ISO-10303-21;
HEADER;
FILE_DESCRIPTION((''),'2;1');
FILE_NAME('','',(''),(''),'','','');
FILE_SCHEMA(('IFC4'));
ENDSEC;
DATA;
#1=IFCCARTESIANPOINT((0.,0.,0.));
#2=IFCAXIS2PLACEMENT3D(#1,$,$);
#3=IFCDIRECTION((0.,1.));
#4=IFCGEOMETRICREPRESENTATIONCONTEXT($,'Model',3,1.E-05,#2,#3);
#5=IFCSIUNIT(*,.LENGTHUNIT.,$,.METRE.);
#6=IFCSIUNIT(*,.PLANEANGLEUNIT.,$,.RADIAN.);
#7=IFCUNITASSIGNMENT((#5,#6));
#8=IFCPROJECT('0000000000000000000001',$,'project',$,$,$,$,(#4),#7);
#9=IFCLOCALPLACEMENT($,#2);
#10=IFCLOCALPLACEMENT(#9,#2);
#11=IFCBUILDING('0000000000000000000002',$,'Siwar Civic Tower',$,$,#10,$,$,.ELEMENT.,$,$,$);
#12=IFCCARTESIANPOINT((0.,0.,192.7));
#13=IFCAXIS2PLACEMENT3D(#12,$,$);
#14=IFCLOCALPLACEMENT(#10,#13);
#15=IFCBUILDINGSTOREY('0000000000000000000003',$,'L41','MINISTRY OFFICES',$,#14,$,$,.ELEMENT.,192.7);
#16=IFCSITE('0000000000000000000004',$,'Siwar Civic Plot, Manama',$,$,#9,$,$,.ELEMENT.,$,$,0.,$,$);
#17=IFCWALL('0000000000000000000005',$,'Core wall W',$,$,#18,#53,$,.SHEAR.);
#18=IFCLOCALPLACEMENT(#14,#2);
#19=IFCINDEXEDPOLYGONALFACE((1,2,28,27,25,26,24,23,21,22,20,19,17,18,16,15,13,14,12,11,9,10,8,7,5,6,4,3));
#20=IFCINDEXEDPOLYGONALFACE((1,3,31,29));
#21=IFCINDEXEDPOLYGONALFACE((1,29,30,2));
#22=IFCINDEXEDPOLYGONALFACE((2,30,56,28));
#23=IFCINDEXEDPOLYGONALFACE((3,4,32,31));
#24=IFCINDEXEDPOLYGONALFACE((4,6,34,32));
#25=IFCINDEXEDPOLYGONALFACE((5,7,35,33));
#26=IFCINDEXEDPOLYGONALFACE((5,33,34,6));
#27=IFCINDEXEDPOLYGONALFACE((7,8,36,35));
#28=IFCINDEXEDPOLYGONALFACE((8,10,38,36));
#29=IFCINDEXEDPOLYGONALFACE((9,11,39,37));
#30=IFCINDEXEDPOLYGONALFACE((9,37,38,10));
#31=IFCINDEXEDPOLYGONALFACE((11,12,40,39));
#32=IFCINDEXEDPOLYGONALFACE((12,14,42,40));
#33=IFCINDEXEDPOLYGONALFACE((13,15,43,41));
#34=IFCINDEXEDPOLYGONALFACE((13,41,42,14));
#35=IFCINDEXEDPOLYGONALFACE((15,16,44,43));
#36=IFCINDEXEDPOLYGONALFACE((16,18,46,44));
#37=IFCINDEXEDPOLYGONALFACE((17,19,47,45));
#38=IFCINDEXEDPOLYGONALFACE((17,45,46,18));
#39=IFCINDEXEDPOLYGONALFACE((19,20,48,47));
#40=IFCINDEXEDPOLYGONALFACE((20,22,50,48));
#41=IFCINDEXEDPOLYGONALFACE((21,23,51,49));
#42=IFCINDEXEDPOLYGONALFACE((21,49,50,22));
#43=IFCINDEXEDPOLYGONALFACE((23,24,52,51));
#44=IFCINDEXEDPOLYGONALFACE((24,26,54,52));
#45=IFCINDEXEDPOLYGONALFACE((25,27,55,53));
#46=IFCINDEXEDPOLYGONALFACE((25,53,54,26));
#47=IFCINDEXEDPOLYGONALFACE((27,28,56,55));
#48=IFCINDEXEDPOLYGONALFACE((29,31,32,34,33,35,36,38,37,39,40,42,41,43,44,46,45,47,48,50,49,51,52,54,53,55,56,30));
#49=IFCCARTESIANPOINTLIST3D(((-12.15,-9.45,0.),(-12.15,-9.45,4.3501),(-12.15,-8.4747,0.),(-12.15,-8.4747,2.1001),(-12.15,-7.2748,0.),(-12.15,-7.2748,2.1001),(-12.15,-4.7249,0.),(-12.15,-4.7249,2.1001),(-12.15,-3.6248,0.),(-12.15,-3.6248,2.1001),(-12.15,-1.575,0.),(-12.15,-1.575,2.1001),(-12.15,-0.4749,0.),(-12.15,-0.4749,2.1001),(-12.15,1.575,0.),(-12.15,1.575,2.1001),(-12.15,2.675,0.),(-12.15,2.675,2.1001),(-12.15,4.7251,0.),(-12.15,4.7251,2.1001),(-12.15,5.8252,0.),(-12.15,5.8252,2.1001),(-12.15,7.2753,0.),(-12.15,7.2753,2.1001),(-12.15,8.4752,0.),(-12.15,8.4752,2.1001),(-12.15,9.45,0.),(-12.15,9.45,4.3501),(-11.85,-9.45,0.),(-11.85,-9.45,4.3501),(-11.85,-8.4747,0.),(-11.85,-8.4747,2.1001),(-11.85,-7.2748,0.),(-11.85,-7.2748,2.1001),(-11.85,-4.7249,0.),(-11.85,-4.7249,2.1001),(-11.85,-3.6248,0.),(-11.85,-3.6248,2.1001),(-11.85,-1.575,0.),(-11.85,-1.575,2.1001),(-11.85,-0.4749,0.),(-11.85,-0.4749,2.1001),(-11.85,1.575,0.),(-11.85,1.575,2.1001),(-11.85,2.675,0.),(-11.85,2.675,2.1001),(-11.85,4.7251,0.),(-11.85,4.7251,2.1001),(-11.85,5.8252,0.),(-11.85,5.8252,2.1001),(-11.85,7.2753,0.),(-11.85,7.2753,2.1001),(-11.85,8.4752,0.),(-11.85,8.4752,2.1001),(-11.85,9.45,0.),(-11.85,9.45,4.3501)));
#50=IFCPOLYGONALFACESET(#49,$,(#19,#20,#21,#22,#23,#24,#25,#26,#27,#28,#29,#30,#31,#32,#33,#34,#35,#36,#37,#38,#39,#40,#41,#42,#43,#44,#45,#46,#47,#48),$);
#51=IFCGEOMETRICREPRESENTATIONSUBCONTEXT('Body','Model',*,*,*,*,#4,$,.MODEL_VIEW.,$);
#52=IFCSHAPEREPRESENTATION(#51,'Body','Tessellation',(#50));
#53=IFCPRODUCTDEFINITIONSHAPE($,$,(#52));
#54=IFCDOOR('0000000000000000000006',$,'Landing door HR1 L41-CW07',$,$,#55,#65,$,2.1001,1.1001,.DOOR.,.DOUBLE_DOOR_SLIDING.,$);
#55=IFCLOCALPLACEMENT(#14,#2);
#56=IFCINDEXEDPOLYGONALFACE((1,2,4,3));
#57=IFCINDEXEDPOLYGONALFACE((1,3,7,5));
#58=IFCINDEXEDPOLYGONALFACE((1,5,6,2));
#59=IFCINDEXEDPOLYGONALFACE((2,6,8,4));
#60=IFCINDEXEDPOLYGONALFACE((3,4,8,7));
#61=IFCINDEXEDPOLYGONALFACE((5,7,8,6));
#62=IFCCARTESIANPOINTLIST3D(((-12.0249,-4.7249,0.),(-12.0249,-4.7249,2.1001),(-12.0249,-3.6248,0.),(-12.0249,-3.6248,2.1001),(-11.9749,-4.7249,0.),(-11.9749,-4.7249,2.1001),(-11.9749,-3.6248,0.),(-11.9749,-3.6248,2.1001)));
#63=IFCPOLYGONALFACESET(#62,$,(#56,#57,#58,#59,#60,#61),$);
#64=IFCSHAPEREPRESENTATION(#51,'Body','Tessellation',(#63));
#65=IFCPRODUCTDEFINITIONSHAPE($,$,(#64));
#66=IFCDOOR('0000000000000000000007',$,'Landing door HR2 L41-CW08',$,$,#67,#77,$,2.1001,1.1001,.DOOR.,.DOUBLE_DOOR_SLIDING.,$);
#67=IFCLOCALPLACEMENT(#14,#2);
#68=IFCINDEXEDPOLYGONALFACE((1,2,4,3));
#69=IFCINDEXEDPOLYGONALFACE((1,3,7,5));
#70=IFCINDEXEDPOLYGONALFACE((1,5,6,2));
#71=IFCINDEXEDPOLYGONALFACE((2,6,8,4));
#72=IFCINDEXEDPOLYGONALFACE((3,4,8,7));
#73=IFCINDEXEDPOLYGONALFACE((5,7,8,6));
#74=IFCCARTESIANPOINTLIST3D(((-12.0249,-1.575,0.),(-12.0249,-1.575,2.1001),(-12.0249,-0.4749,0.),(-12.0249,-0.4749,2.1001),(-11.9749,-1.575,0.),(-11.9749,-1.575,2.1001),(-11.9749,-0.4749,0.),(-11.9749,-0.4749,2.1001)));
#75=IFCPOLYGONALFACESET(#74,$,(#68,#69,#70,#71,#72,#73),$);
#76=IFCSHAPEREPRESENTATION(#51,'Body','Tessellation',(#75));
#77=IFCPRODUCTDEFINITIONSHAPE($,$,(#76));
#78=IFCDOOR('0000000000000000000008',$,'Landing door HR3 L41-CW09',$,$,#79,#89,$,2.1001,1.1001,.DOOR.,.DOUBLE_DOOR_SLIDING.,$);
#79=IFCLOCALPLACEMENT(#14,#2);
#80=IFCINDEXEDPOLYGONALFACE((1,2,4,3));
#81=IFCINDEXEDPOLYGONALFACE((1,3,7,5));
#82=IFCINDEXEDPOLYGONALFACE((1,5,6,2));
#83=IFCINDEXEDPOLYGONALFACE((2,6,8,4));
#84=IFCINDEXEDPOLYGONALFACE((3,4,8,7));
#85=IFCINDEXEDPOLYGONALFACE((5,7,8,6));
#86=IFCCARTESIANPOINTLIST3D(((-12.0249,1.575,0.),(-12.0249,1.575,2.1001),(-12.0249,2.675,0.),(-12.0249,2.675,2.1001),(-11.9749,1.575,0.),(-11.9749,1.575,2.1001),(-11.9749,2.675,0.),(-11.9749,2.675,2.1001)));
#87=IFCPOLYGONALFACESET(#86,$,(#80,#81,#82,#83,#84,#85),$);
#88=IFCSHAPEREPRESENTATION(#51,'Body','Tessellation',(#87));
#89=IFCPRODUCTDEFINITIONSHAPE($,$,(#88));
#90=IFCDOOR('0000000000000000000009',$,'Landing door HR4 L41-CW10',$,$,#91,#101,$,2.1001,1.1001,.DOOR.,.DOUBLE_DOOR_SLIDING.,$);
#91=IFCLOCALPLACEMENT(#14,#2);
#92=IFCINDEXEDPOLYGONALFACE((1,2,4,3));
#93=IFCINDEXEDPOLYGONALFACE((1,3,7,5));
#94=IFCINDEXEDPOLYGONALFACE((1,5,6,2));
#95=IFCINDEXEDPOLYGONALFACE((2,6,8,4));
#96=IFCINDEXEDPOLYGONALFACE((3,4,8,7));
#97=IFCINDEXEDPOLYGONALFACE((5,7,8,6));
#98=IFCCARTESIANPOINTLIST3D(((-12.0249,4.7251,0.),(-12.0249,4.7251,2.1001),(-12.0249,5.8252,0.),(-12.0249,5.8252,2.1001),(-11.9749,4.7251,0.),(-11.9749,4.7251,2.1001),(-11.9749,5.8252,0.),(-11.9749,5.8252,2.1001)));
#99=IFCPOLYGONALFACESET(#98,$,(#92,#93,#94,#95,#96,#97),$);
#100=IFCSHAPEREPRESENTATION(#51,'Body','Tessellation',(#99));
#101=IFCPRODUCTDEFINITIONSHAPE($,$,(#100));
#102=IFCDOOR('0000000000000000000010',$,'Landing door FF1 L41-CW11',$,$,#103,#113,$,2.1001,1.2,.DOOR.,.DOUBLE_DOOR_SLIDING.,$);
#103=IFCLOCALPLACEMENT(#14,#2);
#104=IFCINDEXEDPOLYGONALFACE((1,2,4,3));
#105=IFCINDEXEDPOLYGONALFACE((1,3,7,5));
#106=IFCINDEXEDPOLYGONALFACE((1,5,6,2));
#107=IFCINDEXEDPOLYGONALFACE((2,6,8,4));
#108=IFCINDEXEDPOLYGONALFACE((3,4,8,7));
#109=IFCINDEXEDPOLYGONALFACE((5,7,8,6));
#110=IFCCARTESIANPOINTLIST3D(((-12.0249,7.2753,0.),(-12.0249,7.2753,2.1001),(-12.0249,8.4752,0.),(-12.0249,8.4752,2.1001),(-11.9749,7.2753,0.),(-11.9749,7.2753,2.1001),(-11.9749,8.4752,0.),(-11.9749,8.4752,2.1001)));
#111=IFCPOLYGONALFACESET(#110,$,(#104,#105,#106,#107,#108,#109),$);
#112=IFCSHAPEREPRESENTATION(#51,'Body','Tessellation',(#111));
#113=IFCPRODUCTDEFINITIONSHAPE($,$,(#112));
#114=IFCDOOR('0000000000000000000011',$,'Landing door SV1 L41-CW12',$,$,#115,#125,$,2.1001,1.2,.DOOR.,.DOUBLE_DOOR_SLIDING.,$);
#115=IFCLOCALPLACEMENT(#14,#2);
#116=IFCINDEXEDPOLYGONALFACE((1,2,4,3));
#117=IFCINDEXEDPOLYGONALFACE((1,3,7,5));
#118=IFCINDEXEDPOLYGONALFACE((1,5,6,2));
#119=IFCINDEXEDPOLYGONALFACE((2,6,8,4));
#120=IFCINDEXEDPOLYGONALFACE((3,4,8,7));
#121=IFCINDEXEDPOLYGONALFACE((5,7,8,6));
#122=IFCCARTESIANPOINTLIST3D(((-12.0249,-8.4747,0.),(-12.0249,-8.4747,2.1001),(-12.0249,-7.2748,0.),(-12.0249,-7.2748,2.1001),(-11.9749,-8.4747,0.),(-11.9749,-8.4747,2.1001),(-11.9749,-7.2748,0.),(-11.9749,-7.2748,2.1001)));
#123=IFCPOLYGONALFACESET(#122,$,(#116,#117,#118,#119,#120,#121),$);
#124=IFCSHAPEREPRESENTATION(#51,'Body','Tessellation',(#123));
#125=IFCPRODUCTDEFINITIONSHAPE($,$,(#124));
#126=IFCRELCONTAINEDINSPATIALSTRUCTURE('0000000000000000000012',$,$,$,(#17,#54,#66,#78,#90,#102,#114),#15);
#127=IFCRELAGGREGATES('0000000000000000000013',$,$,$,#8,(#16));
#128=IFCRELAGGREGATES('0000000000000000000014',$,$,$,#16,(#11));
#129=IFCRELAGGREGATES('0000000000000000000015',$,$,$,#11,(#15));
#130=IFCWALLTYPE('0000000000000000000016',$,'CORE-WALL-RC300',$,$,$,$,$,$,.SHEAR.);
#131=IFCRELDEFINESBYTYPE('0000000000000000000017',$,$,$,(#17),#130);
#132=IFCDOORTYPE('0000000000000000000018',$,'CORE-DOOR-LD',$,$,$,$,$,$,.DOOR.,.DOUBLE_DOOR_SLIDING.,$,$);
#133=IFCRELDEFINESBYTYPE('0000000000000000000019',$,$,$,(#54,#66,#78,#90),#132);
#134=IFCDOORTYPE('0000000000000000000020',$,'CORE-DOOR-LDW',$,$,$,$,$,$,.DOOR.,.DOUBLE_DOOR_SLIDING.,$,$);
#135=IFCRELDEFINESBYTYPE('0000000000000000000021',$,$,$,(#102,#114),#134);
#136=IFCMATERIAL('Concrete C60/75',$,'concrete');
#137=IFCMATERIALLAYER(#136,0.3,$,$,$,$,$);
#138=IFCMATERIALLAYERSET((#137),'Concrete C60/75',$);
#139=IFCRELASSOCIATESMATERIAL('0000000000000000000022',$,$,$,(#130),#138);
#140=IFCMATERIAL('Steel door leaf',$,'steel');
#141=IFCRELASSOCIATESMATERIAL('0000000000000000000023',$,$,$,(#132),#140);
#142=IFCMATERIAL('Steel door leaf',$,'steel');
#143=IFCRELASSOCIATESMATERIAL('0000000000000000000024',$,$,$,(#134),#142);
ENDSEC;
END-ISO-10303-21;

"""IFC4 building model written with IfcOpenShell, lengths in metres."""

from ifc_helpers import new_model, si_unit, direction, frame, frame_2d, origin, place, context, subcontext, project, spatial, rectangle, extrude, material, layer, layer_set, type_object, element, fill, save


model = new_model("IFC4")

# Units and contexts
model_context = context("Model", 3, precision=1e-05, world=origin(), true_north=direction((0.0, 1.0)))
body_context = subcontext(model_context, "Body", "Model", "MODEL_VIEW")
ifc_project = project(units=[si_unit("LENGTHUNIT", "METRE"), si_unit("PLANEANGLEUNIT", "RADIAN")], contexts=[model_context])

# Site, building, storey
site_placement = place(None, origin())
site = spatial("IfcSite", under=ifc_project, at=site_placement, Name="Siwar Civic Plot, Manama", CompositionType="ELEMENT", RefElevation=0.0)
building_placement = place(site_placement, origin())
building = spatial("IfcBuilding", under=site, at=building_placement, Name="Siwar Civic Tower", CompositionType="ELEMENT")
storey_placement = place(building_placement, frame((0.0, 0.0, 192.7)))
storey = spatial("IfcBuildingStorey", under=building, at=storey_placement, Name="L41", Description="MINISTRY OFFICES", CompositionType="ELEMENT", Elevation=192.7)

# Wall, openings, doors
ifc_material_1 = material(Name="Concrete C60/75", Category="concrete")
ifc_layer_1 = layer(ifc_material_1, 0.3)
ifc_layer_set_1 = layer_set([ifc_layer_1], Name="Concrete C60/75")
wall_type_1 = type_object("IfcWallType", Name="CORE-WALL-RC300", PredefinedType="SHEAR", material=ifc_layer_set_1)
wall_1_placement = place(storey_placement, frame((-12.0, -9.45, 0.0), z_axis=(0.0, 0.0, 1.0), x_axis=(0.0, 1.0, 0.0)))
wall_1 = element("IfcWall", 1, at=wall_1_placement, inside=storey, type_object=wall_type_1, Name="Core wall W", PredefinedType="SHEAR", context=body_context, shape_type="SweptSolid", body=[
    extrude(rectangle(XDim=18.8999, YDim=0.3, at=frame_2d((9.45, 0.0))), origin(), (0.0, 0.0, 1.0), 4.3501),
])
opening_1_placement = place(wall_1_placement, frame((4.7251, 0.0, 0.0)))
opening_1 = element("IfcOpeningElement", 2, at=opening_1_placement, cuts=wall_1, PredefinedType="OPENING", context=body_context, shape_type="SweptSolid", body=[
    extrude(rectangle(XDim=1.1001, YDim=2.1001, at=frame_2d((0.55, 1.05))), frame((0.0, 0.1602, 0.0), z_axis=(0.0, -1.0, 0.0), x_axis=(1.0, 0.0, 0.0)), (0.0, 0.0, 1.0), 0.3201),
])
opening_2_placement = place(wall_1_placement, frame((7.875, 0.0, 0.0)))
opening_2 = element("IfcOpeningElement", 3, at=opening_2_placement, cuts=wall_1, PredefinedType="OPENING", context=body_context, shape_type="SweptSolid", body=[
    extrude(rectangle(XDim=1.1001, YDim=2.1001, at=frame_2d((0.55, 1.05))), frame((0.0, 0.1602, 0.0), z_axis=(0.0, -1.0, 0.0), x_axis=(1.0, 0.0, 0.0)), (0.0, 0.0, 1.0), 0.3201),
])
opening_3_placement = place(wall_1_placement, frame((11.0249, 0.0, 0.0)))
opening_3 = element("IfcOpeningElement", 4, at=opening_3_placement, cuts=wall_1, PredefinedType="OPENING", context=body_context, shape_type="SweptSolid", body=[
    extrude(rectangle(XDim=1.1001, YDim=2.1001, at=frame_2d((0.55, 1.05))), frame((0.0, 0.1602, 0.0), z_axis=(0.0, -1.0, 0.0), x_axis=(1.0, 0.0, 0.0)), (0.0, 0.0, 1.0), 0.3201),
])
opening_4_placement = place(wall_1_placement, frame((14.175, 0.0, 0.0)))
opening_4 = element("IfcOpeningElement", 5, at=opening_4_placement, cuts=wall_1, PredefinedType="OPENING", context=body_context, shape_type="SweptSolid", body=[
    extrude(rectangle(XDim=1.1001, YDim=2.1001, at=frame_2d((0.55, 1.05))), frame((0.0, 0.1602, 0.0), z_axis=(0.0, -1.0, 0.0), x_axis=(1.0, 0.0, 0.0)), (0.0, 0.0, 1.0), 0.3201),
])
opening_5_placement = place(wall_1_placement, frame((16.7251, 0.0, 0.0)))
opening_5 = element("IfcOpeningElement", 6, at=opening_5_placement, cuts=wall_1, PredefinedType="OPENING", context=body_context, shape_type="SweptSolid", body=[
    extrude(rectangle(XDim=1.2, YDim=2.1001, at=frame_2d((0.6001, 1.05))), frame((0.0, 0.1602, 0.0), z_axis=(0.0, -1.0, 0.0), x_axis=(1.0, 0.0, 0.0)), (0.0, 0.0, 1.0), 0.3201),
])
opening_6_placement = place(wall_1_placement, frame((0.9751, 0.0, 0.0)))
opening_6 = element("IfcOpeningElement", 7, at=opening_6_placement, cuts=wall_1, PredefinedType="OPENING", context=body_context, shape_type="SweptSolid", body=[
    extrude(rectangle(XDim=1.2, YDim=2.1001, at=frame_2d((0.6001, 1.05))), frame((0.0, 0.1602, 0.0), z_axis=(0.0, -1.0, 0.0), x_axis=(1.0, 0.0, 0.0)), (0.0, 0.0, 1.0), 0.3201),
])
ifc_material_2 = material(Name="Steel door leaf", Category="steel")
door_type_1 = type_object("IfcDoorType", Name="CORE-DOOR-LD", OperationType="DOUBLE_DOOR_SLIDING", PredefinedType="DOOR", material=ifc_material_2)
door_1_placement = place(opening_1_placement, origin())
door_1 = element("IfcDoor", 8, at=door_1_placement, inside=storey, type_object=door_type_1, Name="Landing door HR1 L41-CW07", OperationType="DOUBLE_DOOR_SLIDING", OverallHeight=2.1001, OverallWidth=1.1001, PredefinedType="DOOR", context=body_context, shape_type="SweptSolid", body=[
    extrude(rectangle(XDim=1.1001, YDim=2.1001, at=frame_2d((0.55, 1.05))), frame((0.0, 0.0249, 0.0), z_axis=(0.0, -1.0, 0.0), x_axis=(1.0, 0.0, 0.0)), (0.0, 0.0, 1.0), 0.05),
])
fill(opening_1, door_1)
door_2_placement = place(opening_2_placement, origin())
door_2 = element("IfcDoor", 9, at=door_2_placement, inside=storey, type_object=door_type_1, Name="Landing door HR2 L41-CW08", OperationType="DOUBLE_DOOR_SLIDING", OverallHeight=2.1001, OverallWidth=1.1001, PredefinedType="DOOR", context=body_context, shape_type="SweptSolid", body=[
    extrude(rectangle(XDim=1.1001, YDim=2.1001, at=frame_2d((0.55, 1.05))), frame((0.0, 0.0249, 0.0), z_axis=(0.0, -1.0, 0.0), x_axis=(1.0, 0.0, 0.0)), (0.0, 0.0, 1.0), 0.05),
])
fill(opening_2, door_2)
door_3_placement = place(opening_3_placement, origin())
door_3 = element("IfcDoor", 10, at=door_3_placement, inside=storey, type_object=door_type_1, Name="Landing door HR3 L41-CW09", OperationType="DOUBLE_DOOR_SLIDING", OverallHeight=2.1001, OverallWidth=1.1001, PredefinedType="DOOR", context=body_context, shape_type="SweptSolid", body=[
    extrude(rectangle(XDim=1.1001, YDim=2.1001, at=frame_2d((0.55, 1.05))), frame((0.0, 0.0249, 0.0), z_axis=(0.0, -1.0, 0.0), x_axis=(1.0, 0.0, 0.0)), (0.0, 0.0, 1.0), 0.05),
])
fill(opening_3, door_3)
door_4_placement = place(opening_4_placement, origin())
door_4 = element("IfcDoor", 11, at=door_4_placement, inside=storey, type_object=door_type_1, Name="Landing door HR4 L41-CW10", OperationType="DOUBLE_DOOR_SLIDING", OverallHeight=2.1001, OverallWidth=1.1001, PredefinedType="DOOR", context=body_context, shape_type="SweptSolid", body=[
    extrude(rectangle(XDim=1.1001, YDim=2.1001, at=frame_2d((0.55, 1.05))), frame((0.0, 0.0249, 0.0), z_axis=(0.0, -1.0, 0.0), x_axis=(1.0, 0.0, 0.0)), (0.0, 0.0, 1.0), 0.05),
])
fill(opening_4, door_4)
ifc_material_3 = material(Name="Steel door leaf", Category="steel")
door_type_2 = type_object("IfcDoorType", Name="CORE-DOOR-LDW", OperationType="DOUBLE_DOOR_SLIDING", PredefinedType="DOOR", material=ifc_material_3)
door_5_placement = place(opening_5_placement, origin())
door_5 = element("IfcDoor", 12, at=door_5_placement, inside=storey, type_object=door_type_2, Name="Landing door FF1 L41-CW11", OperationType="DOUBLE_DOOR_SLIDING", OverallHeight=2.1001, OverallWidth=1.2, PredefinedType="DOOR", context=body_context, shape_type="SweptSolid", body=[
    extrude(rectangle(XDim=1.2, YDim=2.1001, at=frame_2d((0.6001, 1.05))), frame((0.0, 0.0249, 0.0), z_axis=(0.0, -1.0, 0.0), x_axis=(1.0, 0.0, 0.0)), (0.0, 0.0, 1.0), 0.05),
])
fill(opening_5, door_5)
door_6_placement = place(opening_6_placement, origin())
door_6 = element("IfcDoor", 13, at=door_6_placement, inside=storey, type_object=door_type_2, Name="Landing door SV1 L41-CW12", OperationType="DOUBLE_DOOR_SLIDING", OverallHeight=2.1001, OverallWidth=1.2, PredefinedType="DOOR", context=body_context, shape_type="SweptSolid", body=[
    extrude(rectangle(XDim=1.2, YDim=2.1001, at=frame_2d((0.6001, 1.05))), frame((0.0, 0.0249, 0.0), z_axis=(0.0, -1.0, 0.0), x_axis=(1.0, 0.0, 0.0)), (0.0, 0.0, 1.0), 0.05),
])
fill(opening_6, door_6)

save(model, "model.ifc")
